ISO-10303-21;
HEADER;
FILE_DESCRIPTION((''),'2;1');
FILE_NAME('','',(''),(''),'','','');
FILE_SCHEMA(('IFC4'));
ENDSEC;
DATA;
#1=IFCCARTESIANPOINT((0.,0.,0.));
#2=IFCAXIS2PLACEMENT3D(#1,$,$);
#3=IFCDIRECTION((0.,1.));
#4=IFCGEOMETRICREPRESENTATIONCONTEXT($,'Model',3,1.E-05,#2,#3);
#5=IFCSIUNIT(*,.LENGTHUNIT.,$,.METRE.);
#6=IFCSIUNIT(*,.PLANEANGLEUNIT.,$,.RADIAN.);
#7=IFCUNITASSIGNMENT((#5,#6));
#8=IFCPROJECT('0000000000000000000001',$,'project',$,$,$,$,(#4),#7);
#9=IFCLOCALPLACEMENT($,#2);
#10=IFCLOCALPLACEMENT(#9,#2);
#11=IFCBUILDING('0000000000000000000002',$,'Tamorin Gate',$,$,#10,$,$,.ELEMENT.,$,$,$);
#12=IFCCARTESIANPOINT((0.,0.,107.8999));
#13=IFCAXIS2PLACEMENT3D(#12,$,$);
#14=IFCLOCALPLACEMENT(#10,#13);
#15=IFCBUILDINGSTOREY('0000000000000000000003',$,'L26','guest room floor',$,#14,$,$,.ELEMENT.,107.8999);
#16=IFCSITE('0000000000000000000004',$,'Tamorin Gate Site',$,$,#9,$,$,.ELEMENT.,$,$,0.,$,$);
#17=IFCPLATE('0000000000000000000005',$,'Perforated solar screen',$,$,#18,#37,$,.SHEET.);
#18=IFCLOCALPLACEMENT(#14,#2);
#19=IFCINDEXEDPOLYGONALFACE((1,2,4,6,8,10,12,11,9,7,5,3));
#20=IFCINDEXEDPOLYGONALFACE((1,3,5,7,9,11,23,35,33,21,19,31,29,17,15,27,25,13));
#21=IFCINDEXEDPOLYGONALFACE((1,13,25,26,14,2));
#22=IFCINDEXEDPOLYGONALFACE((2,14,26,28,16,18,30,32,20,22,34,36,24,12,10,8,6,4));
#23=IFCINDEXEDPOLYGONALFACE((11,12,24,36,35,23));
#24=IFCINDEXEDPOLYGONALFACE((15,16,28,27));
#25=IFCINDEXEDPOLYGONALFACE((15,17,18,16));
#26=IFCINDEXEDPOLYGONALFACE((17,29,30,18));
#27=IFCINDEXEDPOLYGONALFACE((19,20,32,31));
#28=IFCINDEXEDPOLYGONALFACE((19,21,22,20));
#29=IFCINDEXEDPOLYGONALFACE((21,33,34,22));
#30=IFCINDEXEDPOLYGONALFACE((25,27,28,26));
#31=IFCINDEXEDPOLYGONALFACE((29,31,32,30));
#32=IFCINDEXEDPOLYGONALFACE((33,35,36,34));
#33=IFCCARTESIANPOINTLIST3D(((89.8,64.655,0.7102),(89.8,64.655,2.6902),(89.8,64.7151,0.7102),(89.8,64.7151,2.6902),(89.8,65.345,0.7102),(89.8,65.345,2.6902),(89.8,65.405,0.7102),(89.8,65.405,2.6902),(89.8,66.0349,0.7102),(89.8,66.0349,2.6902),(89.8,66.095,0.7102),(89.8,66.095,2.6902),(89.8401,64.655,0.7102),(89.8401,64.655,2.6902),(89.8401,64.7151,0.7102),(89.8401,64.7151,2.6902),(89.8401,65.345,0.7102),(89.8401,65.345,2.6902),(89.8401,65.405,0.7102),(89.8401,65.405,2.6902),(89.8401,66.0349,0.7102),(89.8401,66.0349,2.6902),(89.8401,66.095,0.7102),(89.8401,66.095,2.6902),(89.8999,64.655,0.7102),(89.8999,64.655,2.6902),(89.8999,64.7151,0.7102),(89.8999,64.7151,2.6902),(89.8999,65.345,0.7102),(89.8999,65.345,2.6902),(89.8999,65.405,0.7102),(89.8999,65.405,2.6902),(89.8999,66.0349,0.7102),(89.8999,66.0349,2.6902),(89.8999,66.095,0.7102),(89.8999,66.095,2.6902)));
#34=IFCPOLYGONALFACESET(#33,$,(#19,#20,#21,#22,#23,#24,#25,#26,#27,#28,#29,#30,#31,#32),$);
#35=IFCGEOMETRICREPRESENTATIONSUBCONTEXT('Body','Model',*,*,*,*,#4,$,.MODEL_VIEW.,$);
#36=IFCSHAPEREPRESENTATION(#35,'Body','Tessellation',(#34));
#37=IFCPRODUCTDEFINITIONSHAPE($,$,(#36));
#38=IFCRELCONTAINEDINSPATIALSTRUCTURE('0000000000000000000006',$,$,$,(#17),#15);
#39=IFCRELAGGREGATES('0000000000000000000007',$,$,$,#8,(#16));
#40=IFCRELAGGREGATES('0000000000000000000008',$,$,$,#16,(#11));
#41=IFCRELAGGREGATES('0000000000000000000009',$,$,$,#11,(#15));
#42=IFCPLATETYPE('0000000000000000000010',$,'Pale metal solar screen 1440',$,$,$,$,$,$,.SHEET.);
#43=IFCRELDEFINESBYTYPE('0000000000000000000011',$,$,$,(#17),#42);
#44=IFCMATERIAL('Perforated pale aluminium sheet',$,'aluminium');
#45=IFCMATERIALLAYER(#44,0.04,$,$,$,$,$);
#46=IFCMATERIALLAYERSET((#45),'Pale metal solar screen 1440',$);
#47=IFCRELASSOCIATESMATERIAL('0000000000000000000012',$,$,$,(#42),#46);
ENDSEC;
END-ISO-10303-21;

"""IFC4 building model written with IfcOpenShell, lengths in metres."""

from ifc_helpers import new_model, si_unit, direction, frame, origin, place, context, subcontext, project, spatial, polyline, outline, extrude, material, layer, layer_set, type_object, element, save


model = new_model("IFC4")

# Units and contexts
model_context = context("Model", 3, precision=1e-05, world=origin(), true_north=direction((0.0, 1.0)))
body_context = subcontext(model_context, "Body", "Model", "MODEL_VIEW")
ifc_project = project(units=[si_unit("LENGTHUNIT", "METRE"), si_unit("PLANEANGLEUNIT", "RADIAN")], contexts=[model_context])

# Site, building, storey
site_placement = place(None, origin())
site = spatial("IfcSite", under=ifc_project, at=site_placement, Name="Tamorin Gate Site", CompositionType="ELEMENT", RefElevation=0.0)
building_placement = place(site_placement, origin())
building = spatial("IfcBuilding", under=site, at=building_placement, Name="Tamorin Gate", CompositionType="ELEMENT")
storey_placement = place(building_placement, frame((0.0, 0.0, 107.8999)))
storey = spatial("IfcBuildingStorey", under=building, at=storey_placement, Name="L26", Description="guest room floor", CompositionType="ELEMENT", Elevation=107.8999)

# Plate
ifc_material_1 = material(Name="Perforated pale aluminium sheet", Category="aluminium")
ifc_layer_1 = layer(ifc_material_1, 0.04)
ifc_layer_set_1 = layer_set([ifc_layer_1], Name="Pale metal solar screen 1440")
plate_type = type_object("IfcPlateType", Name="Pale metal solar screen 1440", PredefinedType="SHEET", material=ifc_layer_set_1)
plate_1_placement = place(storey_placement, frame((0.0, 0.0, 0.7102)))
element("IfcPlate", 1, at=plate_1_placement, inside=storey, type_object=plate_type, Name="Perforated solar screen", PredefinedType="SHEET", context=body_context, shape_type="SweptSolid", body=[
    extrude(outline(polyline([(89.8401, 64.655), (89.8, 64.655), (89.8, 64.7151), (89.8, 65.345), (89.8, 65.405), (89.8, 66.0349), (89.8, 66.095), (89.8401, 66.095), (89.8999, 66.095), (89.8999, 66.0349), (89.8401, 66.0349), (89.8401, 65.405), (89.8999, 65.405), (89.8999, 65.345), (89.8401, 65.345), (89.8401, 64.7151), (89.8999, 64.7151), (89.8999, 64.655), (89.8401, 64.655)])), origin(), (0.0, 0.0, 1.0), 1.98),
])

save(model, "model.ifc")
